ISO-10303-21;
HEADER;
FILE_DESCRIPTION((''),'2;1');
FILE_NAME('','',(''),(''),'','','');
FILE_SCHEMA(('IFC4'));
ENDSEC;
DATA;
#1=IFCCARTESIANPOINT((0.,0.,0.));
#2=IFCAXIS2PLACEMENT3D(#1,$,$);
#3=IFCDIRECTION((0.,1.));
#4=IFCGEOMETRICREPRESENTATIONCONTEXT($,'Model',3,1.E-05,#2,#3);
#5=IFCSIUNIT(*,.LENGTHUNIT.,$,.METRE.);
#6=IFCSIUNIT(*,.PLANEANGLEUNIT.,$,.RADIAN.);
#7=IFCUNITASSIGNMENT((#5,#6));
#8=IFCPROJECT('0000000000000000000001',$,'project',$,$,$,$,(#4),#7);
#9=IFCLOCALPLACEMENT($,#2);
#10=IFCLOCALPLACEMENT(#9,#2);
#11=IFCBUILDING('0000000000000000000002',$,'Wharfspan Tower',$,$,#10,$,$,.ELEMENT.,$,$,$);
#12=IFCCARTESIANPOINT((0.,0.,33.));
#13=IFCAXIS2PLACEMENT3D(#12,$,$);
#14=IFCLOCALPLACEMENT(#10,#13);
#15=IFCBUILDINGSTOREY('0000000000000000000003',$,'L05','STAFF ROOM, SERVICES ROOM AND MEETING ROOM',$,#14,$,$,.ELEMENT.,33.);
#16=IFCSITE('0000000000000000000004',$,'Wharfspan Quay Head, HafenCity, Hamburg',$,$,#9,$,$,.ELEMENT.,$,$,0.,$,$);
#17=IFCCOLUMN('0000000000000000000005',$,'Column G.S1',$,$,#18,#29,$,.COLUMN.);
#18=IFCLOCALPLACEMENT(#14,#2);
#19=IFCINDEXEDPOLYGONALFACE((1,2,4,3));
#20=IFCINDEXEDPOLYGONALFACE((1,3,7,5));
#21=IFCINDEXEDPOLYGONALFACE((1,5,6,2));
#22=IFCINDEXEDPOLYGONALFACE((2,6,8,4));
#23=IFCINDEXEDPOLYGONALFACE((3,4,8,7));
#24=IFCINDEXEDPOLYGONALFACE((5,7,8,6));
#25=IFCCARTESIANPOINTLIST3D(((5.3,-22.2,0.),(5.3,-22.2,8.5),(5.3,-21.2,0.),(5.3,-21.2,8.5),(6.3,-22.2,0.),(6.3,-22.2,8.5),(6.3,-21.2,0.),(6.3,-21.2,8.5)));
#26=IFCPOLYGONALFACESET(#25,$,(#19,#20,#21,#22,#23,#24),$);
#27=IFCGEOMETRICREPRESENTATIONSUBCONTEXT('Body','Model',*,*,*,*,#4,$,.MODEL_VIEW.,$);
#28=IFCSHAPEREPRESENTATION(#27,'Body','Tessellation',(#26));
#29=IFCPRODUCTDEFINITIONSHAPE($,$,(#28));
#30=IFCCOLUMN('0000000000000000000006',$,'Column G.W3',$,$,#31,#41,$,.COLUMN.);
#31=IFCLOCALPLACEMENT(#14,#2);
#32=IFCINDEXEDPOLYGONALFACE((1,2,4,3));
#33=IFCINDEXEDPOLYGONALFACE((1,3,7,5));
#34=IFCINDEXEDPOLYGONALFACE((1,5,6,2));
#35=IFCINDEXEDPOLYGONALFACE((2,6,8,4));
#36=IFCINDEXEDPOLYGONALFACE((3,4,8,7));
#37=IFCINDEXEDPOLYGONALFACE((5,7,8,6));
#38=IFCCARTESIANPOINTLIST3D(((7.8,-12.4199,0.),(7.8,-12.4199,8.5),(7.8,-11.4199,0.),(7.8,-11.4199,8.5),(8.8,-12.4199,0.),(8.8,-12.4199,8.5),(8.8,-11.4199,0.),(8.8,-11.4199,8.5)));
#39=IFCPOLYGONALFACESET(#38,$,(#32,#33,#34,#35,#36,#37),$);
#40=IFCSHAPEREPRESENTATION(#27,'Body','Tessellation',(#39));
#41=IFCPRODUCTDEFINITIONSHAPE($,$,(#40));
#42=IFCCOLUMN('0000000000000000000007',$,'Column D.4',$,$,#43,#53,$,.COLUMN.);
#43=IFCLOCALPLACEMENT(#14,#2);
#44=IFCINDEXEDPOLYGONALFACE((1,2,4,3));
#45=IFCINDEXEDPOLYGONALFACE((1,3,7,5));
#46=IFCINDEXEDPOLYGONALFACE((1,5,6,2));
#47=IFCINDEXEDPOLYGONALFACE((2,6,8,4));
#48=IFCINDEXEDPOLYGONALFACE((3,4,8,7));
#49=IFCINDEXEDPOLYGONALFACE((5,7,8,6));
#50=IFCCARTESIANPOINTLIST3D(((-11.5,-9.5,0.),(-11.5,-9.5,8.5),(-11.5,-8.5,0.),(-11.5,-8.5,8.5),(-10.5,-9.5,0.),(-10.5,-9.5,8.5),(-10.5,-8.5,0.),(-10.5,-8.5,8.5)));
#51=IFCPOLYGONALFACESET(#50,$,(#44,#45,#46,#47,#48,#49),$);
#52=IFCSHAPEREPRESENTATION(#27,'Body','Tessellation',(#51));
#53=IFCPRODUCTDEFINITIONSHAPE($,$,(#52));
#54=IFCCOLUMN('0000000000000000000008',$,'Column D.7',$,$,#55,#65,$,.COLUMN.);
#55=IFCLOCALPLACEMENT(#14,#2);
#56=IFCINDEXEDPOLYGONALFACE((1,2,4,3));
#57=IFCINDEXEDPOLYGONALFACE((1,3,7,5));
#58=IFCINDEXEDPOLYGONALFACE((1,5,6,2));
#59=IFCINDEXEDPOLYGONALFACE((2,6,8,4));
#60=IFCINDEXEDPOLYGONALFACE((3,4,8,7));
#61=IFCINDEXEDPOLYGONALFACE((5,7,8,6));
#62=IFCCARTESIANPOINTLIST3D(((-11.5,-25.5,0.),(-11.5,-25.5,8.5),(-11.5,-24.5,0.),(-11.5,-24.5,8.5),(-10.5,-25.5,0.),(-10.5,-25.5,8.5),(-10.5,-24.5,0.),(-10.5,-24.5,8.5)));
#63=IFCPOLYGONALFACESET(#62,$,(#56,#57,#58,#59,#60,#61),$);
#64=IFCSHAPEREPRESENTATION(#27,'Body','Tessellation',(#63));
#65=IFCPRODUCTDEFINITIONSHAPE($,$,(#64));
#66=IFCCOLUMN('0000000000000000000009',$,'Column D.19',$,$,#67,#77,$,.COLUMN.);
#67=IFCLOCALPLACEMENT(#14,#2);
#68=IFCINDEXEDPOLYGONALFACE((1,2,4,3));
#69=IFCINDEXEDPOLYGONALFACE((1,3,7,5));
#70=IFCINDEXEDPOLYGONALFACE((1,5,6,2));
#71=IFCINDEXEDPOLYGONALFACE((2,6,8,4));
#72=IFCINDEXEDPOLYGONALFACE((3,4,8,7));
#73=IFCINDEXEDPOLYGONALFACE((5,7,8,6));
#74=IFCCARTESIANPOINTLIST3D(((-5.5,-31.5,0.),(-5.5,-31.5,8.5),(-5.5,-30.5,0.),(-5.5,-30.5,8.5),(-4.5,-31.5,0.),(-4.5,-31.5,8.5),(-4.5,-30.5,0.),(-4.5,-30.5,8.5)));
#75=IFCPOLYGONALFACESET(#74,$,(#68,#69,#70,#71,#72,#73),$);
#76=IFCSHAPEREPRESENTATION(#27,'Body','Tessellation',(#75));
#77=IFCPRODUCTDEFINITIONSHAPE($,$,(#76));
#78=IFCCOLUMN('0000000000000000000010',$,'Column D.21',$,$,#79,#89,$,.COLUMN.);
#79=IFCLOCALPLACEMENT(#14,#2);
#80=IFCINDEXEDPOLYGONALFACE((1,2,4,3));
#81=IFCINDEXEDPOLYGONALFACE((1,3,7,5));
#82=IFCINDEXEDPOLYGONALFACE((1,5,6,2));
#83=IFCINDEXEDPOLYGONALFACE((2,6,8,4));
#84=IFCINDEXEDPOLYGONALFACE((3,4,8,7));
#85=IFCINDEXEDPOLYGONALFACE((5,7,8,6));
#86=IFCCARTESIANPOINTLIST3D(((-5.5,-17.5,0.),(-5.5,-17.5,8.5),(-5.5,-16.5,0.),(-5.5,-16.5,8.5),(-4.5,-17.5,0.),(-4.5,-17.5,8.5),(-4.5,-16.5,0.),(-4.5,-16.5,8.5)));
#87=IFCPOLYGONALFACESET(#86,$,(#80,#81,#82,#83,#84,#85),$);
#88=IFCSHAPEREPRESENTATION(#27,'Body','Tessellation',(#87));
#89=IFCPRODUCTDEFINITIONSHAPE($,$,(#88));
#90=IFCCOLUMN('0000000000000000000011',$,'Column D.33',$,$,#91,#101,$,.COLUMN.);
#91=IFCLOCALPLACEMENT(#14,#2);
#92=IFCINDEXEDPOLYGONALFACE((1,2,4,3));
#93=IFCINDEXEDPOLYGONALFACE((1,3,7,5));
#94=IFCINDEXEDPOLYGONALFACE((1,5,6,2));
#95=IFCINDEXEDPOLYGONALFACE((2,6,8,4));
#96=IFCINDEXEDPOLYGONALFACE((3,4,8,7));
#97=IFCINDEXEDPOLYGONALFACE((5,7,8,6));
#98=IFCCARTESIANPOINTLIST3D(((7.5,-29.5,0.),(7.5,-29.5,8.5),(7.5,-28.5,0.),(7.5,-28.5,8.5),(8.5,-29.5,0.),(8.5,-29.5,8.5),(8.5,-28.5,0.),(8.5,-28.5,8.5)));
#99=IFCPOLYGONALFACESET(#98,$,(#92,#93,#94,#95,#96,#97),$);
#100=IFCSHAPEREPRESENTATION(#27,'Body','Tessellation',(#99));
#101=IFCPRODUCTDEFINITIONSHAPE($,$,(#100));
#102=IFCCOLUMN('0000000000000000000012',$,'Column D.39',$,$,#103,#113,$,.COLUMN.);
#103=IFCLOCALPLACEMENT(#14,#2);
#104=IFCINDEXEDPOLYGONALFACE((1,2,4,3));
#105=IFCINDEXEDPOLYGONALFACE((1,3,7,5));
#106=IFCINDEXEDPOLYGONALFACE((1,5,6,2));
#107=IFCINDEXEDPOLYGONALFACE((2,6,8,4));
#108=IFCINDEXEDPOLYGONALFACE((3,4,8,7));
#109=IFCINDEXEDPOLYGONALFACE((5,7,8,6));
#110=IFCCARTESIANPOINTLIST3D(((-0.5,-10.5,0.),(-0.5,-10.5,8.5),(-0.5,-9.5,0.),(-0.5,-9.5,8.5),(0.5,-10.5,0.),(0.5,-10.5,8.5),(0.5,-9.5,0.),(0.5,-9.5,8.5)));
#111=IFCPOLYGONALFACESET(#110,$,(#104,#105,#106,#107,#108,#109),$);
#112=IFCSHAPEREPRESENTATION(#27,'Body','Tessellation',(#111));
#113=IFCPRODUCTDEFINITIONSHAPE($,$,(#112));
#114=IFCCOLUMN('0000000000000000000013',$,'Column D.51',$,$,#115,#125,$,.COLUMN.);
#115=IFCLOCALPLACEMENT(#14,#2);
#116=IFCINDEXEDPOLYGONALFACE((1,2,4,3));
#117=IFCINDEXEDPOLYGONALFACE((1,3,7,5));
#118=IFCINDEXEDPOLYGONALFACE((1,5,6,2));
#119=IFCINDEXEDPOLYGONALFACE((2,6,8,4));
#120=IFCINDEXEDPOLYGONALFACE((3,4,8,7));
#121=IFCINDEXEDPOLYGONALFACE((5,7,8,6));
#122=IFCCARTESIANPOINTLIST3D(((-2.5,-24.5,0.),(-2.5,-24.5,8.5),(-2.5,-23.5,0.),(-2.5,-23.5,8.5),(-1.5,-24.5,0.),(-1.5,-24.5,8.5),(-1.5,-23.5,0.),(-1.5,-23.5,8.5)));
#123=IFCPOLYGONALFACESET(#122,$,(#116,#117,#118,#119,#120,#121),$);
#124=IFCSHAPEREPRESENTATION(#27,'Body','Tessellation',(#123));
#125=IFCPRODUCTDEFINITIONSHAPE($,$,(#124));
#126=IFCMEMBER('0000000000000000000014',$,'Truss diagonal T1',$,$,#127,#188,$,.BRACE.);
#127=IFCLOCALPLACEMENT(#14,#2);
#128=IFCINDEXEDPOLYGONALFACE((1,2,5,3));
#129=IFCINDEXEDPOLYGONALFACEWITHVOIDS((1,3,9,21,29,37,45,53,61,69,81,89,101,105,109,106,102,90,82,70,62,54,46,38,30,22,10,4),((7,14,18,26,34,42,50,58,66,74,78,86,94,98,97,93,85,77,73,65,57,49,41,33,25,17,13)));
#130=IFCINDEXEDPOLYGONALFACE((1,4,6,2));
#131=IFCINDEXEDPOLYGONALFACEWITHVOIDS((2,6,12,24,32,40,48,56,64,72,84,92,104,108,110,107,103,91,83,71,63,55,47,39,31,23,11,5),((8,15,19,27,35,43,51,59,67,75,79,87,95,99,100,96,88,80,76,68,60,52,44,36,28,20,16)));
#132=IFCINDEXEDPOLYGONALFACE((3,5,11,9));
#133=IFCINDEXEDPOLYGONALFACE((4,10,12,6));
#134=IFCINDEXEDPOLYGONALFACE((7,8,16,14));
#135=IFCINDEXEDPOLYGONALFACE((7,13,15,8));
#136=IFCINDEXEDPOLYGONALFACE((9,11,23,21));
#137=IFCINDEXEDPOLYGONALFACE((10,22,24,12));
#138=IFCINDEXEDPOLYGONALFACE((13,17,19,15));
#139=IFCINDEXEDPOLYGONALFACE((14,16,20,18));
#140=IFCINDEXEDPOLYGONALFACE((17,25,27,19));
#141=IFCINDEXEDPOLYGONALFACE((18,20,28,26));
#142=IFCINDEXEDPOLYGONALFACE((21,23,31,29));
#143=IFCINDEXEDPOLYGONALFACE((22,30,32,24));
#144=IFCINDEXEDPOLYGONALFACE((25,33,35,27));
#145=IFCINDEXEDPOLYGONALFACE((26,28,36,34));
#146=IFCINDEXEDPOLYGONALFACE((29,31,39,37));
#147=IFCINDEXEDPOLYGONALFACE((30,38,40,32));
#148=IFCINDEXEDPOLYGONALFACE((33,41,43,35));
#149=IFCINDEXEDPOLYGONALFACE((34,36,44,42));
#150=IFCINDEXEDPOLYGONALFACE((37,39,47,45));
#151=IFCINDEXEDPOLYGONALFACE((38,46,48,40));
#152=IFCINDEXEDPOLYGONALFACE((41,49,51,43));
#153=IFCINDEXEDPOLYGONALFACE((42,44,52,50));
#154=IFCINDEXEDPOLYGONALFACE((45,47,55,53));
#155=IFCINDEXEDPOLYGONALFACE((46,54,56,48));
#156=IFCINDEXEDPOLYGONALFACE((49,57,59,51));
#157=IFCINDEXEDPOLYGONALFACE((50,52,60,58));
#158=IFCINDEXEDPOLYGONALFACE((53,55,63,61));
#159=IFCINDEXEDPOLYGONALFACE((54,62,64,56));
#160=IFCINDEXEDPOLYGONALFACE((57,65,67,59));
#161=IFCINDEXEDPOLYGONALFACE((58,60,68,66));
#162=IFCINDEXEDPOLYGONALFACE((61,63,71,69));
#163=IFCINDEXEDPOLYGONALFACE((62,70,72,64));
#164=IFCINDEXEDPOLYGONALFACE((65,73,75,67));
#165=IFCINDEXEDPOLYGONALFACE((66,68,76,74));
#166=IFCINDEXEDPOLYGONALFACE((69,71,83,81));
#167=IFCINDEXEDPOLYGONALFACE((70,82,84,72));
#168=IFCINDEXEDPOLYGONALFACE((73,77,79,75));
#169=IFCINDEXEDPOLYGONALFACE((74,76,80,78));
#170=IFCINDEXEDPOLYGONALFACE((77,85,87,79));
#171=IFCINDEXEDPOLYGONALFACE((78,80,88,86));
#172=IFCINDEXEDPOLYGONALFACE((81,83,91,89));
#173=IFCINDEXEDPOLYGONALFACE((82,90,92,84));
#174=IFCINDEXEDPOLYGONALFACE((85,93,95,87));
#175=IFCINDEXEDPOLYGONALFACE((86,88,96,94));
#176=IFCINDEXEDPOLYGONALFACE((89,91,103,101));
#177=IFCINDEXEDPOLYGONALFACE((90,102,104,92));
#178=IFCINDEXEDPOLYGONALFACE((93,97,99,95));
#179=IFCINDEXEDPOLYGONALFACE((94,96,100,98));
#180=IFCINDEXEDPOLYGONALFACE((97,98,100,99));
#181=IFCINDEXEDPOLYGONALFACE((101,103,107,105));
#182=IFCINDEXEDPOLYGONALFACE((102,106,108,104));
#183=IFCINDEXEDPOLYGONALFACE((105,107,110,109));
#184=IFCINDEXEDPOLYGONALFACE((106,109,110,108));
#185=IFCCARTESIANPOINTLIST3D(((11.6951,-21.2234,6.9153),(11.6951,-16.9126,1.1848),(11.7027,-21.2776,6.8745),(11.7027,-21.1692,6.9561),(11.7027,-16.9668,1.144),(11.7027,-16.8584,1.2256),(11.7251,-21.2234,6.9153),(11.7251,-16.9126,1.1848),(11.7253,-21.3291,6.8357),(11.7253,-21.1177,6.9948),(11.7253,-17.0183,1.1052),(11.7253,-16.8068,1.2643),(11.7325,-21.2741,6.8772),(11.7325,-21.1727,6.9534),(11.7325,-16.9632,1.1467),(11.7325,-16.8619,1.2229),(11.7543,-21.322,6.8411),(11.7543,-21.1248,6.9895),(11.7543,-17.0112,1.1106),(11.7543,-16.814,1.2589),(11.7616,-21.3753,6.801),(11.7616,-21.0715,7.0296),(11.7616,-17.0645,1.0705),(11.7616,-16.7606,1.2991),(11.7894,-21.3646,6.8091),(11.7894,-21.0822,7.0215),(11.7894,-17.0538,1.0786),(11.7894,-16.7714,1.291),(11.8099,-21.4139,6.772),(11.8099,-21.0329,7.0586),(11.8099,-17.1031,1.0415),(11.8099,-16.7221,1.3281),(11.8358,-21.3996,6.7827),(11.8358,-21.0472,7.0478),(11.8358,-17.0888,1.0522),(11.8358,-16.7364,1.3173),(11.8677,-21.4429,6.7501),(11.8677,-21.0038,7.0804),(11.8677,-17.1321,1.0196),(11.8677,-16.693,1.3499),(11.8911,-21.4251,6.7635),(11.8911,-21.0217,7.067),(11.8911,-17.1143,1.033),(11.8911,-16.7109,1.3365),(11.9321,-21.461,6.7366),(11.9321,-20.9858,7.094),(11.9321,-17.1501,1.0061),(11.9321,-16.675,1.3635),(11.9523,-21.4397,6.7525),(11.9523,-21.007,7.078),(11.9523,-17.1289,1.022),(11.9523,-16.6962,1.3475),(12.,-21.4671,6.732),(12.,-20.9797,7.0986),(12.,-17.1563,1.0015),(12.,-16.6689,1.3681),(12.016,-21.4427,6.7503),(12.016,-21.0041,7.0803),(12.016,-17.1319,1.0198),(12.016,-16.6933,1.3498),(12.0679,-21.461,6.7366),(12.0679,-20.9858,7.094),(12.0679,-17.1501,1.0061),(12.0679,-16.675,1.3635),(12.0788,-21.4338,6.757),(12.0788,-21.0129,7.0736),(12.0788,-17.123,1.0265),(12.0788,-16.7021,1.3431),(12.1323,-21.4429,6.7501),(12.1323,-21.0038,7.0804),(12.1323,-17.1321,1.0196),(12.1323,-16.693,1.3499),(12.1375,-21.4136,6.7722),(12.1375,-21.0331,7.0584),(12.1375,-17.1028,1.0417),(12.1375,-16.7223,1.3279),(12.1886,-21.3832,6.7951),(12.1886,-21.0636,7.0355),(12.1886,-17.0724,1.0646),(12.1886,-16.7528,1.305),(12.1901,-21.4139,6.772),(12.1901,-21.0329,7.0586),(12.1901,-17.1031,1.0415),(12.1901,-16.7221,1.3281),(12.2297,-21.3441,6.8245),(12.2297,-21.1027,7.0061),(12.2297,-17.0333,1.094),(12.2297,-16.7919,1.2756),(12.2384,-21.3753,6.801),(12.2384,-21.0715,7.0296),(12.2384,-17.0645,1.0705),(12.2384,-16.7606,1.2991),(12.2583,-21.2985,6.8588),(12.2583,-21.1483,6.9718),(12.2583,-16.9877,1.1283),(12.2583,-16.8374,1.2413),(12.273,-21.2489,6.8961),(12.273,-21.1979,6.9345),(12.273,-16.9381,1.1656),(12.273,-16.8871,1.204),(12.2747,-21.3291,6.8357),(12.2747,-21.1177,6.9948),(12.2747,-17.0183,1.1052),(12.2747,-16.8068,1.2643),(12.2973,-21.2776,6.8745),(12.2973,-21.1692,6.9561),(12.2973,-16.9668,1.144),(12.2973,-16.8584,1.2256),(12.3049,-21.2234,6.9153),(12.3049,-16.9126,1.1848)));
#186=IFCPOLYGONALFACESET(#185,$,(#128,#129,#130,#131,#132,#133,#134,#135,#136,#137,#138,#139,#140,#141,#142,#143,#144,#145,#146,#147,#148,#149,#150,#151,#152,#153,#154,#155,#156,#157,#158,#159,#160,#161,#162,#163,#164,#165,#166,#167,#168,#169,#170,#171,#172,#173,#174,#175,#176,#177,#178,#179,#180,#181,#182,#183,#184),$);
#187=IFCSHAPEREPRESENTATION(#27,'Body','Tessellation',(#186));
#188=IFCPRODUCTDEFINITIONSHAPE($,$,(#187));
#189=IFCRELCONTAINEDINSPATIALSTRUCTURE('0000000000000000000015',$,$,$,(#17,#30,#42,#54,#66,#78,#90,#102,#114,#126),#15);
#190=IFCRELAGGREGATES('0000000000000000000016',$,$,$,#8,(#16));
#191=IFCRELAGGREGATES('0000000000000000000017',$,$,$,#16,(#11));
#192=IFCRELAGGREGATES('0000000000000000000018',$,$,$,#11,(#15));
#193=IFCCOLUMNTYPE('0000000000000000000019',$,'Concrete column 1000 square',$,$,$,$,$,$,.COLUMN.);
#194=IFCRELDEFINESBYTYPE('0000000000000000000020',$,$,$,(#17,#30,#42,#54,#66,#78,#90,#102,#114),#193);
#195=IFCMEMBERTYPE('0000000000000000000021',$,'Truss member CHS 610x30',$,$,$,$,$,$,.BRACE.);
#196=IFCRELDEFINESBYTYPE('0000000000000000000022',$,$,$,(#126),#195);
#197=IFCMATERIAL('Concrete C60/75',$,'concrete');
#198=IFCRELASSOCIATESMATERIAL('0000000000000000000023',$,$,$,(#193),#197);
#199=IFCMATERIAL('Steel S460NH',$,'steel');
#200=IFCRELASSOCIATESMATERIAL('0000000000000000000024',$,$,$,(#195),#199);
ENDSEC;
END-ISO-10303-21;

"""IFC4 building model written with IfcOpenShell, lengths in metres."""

from ifc_helpers import new_model, si_unit, direction, frame, origin, origin_2d, place, context, subcontext, project, spatial, rectangle, hollow_circle, extrude, material, material_profile, profile_set, type_object, element, save


model = new_model("IFC4")

# Units and contexts
model_context = context("Model", 3, precision=1e-05, world=origin(), true_north=direction((0.0, 1.0)))
body_context = subcontext(model_context, "Body", "Model", "MODEL_VIEW")
ifc_project = project(units=[si_unit("LENGTHUNIT", "METRE"), si_unit("PLANEANGLEUNIT", "RADIAN")], contexts=[model_context])

# Site, building, storey
site_placement = place(None, origin())
site = spatial("IfcSite", under=ifc_project, at=site_placement, Name="Wharfspan Quay Head, HafenCity, Hamburg", CompositionType="ELEMENT", RefElevation=0.0)
building_placement = place(site_placement, origin())
building = spatial("IfcBuilding", under=site, at=building_placement, Name="Wharfspan Tower", CompositionType="ELEMENT")
storey_placement = place(building_placement, frame((0.0, 0.0, 33.0)))
storey = spatial("IfcBuildingStorey", under=building, at=storey_placement, Name="L05", Description="STAFF ROOM, SERVICES ROOM AND MEETING ROOM", CompositionType="ELEMENT", Elevation=33.0)

# Columns
ifc_material_1 = material(Name="Concrete C60/75", Category="concrete")
ifc_material_profile_1 = material_profile(ifc_material_1, rectangle(XDim=1.0, YDim=1.0, at=origin_2d()))
ifc_profile_set_1 = profile_set([ifc_material_profile_1], Name="Concrete C60/75")
column_type = type_object("IfcColumnType", Name="Concrete column 1000 square", PredefinedType="COLUMN", material=ifc_profile_set_1)
for number, where, z_axis, x_axis, name in (
    (1, (5.8, -21.7, 0.0), (0.0, 0.0, 1.0), (1.0, 0.0, 0.0), "Column G.S1"),
    (2, (8.3, -11.9199, 0.0), (0.0, 0.0, 1.0), (1.0, 0.0, 0.0), "Column G.W3"),
    (3, (-11.0, -9.0, 0.0), (0.0, 0.0, 1.0), (1.0, 0.0, 0.0), "Column D.4"),
    (4, (-11.0, -25.0, 0.0), (0.0, 0.0, 1.0), (1.0, 0.0, 0.0), "Column D.7"),
    (5, (-5.0, -31.0, 0.0), (0.0, 0.0, 1.0), (1.0, 0.0, 0.0), "Column D.19"),
    (6, (-5.0, -17.0, 0.0), (0.0, 0.0, 1.0), (1.0, 0.0, 0.0), "Column D.21"),
    (7, (8.0, -29.0, 0.0), (0.0, 0.0, 1.0), (1.0, 0.0, 0.0), "Column D.33"),
    (8, (0.0, -10.0, 0.0), (0.0, 0.0, 1.0), (1.0, 0.0, 0.0), "Column D.39"),
    (9, (-2.0, -24.0, 0.0), (0.0, 0.0, 1.0), (1.0, 0.0, 0.0), "Column D.51"),
):
    element("IfcColumn", number, at=place(storey_placement, frame(where, z_axis=z_axis, x_axis=x_axis)), inside=storey, type_object=column_type, Name=name, PredefinedType="COLUMN", context=body_context, shape_type="SweptSolid", body=[
        extrude(rectangle(XDim=1.0, YDim=1.0, at=origin_2d()), origin(), (0.0, 0.0, 1.0), 8.5),
    ])

# Member
ifc_material_2 = material(Name="Steel S460NH", Category="steel")
ifc_material_profile_2 = material_profile(ifc_material_2, hollow_circle(Radius=0.3049, WallThickness=0.03, at=origin_2d()))
ifc_profile_set_2 = profile_set([ifc_material_profile_2], Name="Steel S460NH")
member_type_1 = type_object("IfcMemberType", Name="Truss member CHS 610x30", PredefinedType="BRACE", material=ifc_profile_set_2)
member_1_placement = place(storey_placement, frame((12.0, -21.2234, 6.9153), z_axis=(0.0, 0.601154, -0.799133), x_axis=(-1.0, 0.0, 0.0)))
element("IfcMember", 10, at=member_1_placement, inside=storey, type_object=member_type_1, Name="Truss diagonal T1", PredefinedType="BRACE", context=body_context, shape_type="SweptSolid", body=[
    extrude(hollow_circle(Radius=0.3049, WallThickness=0.03, at=origin_2d()), origin(), (0.0, 0.0, 1.0), 7.1709),
])

save(model, "model.ifc")
